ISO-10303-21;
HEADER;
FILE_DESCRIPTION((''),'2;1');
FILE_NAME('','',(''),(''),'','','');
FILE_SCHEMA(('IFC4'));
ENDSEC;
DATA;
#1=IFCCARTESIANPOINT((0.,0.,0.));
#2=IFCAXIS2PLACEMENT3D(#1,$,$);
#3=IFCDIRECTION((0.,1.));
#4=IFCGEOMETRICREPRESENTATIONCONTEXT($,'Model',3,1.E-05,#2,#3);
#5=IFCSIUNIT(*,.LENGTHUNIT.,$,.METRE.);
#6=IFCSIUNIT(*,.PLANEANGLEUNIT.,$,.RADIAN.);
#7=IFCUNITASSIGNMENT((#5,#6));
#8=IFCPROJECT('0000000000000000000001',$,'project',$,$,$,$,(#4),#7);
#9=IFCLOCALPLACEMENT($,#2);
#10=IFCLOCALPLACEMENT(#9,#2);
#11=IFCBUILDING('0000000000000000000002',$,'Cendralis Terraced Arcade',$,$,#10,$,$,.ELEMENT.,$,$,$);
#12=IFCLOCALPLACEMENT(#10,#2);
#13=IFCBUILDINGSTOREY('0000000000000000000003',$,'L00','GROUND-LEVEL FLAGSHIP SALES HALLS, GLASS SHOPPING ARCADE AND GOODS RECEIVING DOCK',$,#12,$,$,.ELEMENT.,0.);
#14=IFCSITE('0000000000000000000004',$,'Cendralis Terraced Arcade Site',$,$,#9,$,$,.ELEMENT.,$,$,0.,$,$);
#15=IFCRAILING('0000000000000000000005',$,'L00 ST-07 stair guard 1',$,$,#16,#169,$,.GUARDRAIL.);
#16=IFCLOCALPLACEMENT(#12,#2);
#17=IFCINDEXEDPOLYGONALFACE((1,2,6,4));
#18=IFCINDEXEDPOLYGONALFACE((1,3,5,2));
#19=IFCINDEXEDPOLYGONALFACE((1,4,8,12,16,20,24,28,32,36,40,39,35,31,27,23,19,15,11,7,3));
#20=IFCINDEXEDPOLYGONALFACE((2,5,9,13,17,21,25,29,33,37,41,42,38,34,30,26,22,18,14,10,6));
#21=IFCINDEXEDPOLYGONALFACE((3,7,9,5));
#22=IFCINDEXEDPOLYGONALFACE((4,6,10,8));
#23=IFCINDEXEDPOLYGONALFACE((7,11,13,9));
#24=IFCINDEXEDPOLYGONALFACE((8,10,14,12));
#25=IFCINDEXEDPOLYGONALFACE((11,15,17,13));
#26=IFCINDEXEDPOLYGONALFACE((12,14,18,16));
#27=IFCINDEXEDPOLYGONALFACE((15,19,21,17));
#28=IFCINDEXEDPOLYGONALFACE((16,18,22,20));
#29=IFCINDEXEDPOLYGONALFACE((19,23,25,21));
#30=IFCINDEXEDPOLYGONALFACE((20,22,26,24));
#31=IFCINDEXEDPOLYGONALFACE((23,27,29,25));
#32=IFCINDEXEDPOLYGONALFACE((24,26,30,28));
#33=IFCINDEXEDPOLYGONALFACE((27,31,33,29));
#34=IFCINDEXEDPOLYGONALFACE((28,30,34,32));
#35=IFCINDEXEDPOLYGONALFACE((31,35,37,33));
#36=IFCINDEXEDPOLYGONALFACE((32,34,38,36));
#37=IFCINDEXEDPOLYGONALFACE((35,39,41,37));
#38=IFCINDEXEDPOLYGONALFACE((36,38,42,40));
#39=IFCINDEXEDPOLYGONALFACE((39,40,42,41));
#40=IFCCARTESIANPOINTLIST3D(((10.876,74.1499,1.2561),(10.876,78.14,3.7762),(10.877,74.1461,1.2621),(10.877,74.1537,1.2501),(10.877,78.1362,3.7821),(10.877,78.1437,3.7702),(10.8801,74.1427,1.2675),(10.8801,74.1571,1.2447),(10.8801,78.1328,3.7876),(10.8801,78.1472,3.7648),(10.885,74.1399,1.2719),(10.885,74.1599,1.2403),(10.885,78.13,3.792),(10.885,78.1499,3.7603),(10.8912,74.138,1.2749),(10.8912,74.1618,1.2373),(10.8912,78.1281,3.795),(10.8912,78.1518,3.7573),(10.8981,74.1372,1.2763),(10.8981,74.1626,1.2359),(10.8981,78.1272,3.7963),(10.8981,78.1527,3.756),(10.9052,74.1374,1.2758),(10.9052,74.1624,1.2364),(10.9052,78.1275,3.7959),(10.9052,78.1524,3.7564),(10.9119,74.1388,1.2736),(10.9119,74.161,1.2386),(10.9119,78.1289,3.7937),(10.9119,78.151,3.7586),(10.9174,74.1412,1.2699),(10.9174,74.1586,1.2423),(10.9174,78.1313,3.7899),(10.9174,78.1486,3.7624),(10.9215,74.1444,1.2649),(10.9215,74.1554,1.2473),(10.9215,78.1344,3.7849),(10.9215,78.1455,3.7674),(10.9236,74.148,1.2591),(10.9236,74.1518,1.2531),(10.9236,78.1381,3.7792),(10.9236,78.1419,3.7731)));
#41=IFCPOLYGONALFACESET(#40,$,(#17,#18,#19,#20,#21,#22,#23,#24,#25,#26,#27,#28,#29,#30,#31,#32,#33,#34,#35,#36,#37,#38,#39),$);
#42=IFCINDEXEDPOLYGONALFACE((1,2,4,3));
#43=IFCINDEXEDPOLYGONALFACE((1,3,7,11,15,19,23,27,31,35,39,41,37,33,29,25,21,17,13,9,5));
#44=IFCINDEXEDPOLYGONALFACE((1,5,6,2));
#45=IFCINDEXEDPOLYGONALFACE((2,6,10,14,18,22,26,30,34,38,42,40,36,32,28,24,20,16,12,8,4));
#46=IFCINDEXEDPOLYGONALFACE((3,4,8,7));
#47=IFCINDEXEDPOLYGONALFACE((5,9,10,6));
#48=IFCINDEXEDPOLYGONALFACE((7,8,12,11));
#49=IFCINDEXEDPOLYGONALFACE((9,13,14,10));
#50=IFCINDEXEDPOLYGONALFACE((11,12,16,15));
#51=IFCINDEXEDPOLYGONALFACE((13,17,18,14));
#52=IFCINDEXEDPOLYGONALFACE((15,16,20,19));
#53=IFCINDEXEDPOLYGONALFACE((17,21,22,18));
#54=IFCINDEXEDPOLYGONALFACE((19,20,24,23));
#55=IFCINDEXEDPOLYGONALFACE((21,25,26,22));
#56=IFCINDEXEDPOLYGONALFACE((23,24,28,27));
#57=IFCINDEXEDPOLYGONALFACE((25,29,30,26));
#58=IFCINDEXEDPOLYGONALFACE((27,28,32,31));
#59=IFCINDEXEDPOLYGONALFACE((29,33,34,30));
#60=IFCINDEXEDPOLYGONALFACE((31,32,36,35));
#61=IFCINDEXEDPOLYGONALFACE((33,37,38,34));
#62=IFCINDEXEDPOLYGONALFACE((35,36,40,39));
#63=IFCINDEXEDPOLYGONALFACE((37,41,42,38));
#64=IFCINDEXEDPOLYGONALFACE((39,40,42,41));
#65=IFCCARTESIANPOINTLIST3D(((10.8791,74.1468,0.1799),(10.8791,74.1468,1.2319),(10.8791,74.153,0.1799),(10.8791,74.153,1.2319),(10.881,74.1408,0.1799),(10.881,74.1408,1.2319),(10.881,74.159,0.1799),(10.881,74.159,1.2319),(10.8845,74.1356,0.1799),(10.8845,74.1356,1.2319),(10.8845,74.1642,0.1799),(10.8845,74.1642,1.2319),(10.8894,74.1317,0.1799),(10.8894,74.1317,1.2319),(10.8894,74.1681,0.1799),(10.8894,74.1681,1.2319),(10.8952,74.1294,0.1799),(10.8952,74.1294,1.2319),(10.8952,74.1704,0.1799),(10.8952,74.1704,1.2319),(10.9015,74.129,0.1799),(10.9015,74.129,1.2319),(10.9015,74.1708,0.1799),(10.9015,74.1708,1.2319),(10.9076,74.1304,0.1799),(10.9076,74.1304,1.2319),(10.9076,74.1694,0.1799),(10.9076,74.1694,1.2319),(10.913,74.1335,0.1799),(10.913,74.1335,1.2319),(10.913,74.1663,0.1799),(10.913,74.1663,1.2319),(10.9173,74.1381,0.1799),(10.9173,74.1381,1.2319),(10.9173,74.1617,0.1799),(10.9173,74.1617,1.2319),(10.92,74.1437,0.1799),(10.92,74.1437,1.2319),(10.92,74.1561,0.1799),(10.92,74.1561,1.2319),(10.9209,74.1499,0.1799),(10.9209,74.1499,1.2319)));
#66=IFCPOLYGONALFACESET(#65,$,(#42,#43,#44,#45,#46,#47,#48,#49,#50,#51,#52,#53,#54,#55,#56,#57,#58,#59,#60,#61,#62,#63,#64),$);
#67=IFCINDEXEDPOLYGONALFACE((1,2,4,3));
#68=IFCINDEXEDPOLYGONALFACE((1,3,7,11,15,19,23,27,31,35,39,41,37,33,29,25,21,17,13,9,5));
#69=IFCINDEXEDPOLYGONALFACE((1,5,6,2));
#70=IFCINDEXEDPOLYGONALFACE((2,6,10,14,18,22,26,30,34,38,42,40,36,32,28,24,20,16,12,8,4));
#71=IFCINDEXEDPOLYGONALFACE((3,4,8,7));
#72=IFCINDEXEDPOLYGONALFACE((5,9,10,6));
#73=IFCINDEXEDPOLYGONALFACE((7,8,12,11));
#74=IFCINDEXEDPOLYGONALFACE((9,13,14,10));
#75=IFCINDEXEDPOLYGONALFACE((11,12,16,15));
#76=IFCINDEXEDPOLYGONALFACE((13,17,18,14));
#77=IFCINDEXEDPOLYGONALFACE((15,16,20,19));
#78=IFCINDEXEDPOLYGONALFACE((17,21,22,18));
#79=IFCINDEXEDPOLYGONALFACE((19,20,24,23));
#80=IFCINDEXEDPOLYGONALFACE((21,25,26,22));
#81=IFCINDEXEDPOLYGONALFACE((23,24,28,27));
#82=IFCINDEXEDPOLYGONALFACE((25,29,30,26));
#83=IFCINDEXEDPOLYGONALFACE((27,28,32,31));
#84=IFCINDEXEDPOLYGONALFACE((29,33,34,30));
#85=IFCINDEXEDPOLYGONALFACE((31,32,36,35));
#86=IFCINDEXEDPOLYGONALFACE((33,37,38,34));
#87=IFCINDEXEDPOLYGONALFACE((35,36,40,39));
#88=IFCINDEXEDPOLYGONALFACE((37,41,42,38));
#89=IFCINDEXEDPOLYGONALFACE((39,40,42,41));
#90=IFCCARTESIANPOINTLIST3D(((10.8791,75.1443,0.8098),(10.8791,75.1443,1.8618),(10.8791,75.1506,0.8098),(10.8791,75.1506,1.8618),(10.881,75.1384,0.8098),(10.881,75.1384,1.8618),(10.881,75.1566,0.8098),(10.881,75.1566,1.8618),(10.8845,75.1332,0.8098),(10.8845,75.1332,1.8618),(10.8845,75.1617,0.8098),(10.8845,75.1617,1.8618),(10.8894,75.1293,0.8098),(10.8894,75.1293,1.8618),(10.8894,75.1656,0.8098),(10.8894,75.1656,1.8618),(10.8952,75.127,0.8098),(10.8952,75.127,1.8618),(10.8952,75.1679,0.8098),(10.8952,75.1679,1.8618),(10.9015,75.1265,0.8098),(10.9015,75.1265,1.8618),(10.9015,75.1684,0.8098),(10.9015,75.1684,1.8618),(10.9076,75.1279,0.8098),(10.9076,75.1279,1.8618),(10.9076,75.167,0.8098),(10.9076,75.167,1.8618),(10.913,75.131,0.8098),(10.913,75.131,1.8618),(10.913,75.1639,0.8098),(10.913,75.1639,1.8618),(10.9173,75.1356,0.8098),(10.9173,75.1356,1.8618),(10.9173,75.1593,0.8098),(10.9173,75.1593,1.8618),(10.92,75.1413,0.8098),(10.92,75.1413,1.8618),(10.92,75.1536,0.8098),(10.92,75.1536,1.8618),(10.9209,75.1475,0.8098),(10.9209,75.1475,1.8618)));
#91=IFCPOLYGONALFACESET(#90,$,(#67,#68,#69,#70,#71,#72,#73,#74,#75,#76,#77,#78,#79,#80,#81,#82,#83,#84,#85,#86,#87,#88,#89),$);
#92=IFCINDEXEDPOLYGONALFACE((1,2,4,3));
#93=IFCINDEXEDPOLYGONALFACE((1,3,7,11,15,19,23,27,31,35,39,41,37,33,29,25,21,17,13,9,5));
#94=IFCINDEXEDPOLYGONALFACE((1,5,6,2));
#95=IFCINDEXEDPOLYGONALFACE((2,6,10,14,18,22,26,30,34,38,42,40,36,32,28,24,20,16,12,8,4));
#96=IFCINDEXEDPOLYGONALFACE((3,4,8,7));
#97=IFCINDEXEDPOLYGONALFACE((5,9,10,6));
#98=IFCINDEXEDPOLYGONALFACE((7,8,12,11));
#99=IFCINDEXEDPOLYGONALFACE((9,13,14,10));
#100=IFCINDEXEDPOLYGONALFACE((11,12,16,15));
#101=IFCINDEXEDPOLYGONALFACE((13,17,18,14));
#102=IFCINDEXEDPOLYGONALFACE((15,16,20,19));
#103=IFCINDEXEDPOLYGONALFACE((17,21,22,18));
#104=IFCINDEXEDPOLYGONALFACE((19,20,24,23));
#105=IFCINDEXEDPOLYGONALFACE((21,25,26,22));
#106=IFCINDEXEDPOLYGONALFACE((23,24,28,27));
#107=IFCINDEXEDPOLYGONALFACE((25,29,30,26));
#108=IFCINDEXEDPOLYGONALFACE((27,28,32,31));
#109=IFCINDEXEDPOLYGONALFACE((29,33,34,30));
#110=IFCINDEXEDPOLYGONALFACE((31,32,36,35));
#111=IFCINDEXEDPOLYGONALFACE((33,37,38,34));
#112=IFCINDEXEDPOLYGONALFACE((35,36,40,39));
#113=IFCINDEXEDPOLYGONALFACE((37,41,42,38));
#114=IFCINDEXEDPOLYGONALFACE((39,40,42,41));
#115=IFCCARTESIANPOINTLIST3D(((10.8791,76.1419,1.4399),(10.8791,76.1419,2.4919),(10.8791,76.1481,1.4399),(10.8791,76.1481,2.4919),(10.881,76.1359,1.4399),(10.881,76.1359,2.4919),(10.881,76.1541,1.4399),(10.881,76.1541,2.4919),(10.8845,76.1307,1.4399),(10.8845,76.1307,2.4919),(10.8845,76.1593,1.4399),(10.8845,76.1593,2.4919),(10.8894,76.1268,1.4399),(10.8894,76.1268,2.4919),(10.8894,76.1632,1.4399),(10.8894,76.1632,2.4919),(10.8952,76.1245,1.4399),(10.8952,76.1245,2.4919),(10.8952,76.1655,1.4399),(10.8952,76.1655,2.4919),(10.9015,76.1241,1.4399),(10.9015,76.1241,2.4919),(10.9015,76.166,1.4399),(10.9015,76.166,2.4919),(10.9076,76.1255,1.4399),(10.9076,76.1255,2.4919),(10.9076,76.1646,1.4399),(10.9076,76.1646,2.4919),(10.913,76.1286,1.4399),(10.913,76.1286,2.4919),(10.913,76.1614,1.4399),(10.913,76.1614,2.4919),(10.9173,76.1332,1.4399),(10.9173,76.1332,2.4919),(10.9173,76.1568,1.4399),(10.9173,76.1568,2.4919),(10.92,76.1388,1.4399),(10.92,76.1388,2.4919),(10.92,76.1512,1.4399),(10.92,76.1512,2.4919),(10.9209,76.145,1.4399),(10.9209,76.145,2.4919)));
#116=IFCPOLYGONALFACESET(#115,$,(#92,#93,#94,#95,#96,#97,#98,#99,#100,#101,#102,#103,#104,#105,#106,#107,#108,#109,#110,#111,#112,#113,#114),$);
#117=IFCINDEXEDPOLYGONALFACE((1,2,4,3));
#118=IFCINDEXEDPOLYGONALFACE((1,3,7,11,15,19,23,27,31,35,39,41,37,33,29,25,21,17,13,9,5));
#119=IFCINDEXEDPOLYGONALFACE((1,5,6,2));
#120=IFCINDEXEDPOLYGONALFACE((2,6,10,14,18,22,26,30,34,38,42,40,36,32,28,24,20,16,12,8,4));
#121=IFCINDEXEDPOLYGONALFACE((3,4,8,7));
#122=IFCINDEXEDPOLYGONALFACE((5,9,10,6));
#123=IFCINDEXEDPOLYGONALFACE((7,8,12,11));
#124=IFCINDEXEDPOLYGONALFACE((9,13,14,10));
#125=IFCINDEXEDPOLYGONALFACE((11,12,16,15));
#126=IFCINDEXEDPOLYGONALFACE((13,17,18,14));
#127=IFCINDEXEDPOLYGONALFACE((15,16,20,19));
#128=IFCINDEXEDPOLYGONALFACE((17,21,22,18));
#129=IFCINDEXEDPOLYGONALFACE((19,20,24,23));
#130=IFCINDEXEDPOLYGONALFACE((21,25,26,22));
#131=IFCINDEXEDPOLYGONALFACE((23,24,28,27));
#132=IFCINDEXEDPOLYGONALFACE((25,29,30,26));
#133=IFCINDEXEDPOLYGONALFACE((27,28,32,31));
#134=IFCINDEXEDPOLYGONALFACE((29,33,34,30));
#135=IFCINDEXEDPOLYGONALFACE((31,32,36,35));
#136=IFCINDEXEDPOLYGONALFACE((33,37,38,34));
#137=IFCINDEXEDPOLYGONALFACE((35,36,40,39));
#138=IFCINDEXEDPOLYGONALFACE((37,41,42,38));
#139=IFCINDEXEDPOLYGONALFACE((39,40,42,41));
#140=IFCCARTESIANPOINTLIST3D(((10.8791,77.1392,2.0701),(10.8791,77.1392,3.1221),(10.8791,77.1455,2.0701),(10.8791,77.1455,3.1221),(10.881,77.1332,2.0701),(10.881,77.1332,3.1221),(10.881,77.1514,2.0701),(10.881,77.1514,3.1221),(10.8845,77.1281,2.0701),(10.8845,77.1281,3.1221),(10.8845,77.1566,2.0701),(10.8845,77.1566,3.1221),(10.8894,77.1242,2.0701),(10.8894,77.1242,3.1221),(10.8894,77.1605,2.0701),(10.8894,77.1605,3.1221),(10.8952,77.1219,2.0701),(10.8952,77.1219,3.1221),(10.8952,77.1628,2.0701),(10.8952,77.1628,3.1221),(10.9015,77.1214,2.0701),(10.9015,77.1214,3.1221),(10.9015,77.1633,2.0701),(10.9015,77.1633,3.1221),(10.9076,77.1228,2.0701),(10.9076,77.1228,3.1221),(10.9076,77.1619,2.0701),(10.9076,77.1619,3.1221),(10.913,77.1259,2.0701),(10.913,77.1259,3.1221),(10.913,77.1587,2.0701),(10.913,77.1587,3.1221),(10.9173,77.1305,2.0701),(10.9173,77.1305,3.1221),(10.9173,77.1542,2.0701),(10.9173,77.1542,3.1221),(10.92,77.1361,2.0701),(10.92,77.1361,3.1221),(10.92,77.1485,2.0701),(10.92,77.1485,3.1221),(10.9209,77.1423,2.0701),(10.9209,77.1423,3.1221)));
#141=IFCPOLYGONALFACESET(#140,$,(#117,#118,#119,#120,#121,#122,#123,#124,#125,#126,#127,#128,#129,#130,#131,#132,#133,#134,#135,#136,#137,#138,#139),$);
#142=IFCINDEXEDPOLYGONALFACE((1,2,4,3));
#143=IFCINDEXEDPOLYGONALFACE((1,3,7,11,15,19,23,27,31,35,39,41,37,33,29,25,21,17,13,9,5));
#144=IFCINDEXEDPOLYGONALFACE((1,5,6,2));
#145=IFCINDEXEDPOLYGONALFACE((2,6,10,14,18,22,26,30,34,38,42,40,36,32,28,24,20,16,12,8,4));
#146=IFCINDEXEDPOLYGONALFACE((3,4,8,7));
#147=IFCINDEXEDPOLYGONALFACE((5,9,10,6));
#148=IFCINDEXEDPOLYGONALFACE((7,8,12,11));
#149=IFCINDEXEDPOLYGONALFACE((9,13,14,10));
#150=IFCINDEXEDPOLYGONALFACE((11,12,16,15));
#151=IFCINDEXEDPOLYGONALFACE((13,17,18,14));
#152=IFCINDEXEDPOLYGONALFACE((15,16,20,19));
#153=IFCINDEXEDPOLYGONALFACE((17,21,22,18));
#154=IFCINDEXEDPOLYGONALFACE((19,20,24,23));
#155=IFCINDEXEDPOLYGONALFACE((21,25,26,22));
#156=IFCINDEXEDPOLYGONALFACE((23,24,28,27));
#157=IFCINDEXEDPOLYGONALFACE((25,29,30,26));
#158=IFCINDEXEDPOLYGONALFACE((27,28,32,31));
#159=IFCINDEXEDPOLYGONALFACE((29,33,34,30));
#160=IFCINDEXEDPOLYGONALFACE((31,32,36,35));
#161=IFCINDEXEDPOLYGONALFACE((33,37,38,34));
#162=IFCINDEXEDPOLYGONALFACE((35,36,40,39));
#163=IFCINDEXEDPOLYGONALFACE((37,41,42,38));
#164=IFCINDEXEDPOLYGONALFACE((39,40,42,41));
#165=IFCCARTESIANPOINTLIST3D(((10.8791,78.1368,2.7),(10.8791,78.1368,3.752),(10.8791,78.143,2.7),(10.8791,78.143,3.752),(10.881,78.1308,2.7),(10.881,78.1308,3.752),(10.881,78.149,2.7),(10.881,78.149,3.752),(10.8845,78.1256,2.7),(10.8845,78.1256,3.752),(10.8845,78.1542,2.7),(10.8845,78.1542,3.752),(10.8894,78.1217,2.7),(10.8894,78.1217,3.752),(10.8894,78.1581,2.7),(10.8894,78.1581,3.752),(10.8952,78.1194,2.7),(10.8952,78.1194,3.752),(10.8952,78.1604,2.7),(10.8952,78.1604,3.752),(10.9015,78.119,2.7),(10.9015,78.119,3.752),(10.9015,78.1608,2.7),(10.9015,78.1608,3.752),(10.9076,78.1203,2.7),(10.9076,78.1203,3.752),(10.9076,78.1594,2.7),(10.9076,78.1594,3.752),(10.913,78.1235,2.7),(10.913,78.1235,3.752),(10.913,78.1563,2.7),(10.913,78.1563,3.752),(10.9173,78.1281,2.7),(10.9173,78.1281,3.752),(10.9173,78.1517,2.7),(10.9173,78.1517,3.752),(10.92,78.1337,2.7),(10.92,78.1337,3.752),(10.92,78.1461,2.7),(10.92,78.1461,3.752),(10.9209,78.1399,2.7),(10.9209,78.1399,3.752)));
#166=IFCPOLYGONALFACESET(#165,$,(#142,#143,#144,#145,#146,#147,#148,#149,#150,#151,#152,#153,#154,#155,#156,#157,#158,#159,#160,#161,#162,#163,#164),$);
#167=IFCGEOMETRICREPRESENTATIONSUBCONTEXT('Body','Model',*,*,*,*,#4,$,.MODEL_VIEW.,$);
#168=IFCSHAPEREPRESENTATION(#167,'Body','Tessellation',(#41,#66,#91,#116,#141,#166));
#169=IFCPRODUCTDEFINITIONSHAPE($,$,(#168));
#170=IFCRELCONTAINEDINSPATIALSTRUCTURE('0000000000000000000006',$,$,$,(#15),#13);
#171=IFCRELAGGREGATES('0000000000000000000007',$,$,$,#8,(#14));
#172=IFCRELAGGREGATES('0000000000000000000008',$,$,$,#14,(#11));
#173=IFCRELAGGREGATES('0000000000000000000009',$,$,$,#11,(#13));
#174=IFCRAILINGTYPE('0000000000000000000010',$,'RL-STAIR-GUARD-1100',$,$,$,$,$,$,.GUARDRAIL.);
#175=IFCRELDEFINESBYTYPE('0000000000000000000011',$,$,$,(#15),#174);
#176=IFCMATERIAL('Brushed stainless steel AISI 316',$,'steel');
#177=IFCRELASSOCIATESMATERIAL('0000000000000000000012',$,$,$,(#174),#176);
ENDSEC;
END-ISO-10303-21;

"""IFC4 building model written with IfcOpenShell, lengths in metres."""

from ifc_helpers import new_model, si_unit, direction, frame, origin, origin_2d, place, context, subcontext, project, spatial, circle, extrude, material, type_object, element, save


model = new_model("IFC4")

# Units and contexts
model_context = context("Model", 3, precision=1e-05, world=origin(), true_north=direction((0.0, 1.0)))
body_context = subcontext(model_context, "Body", "Model", "MODEL_VIEW")
ifc_project = project(units=[si_unit("LENGTHUNIT", "METRE"), si_unit("PLANEANGLEUNIT", "RADIAN")], contexts=[model_context])

# Site, building, storey
site_placement = place(None, origin())
site = spatial("IfcSite", under=ifc_project, at=site_placement, Name="Cendralis Terraced Arcade Site", CompositionType="ELEMENT", RefElevation=0.0)
building_placement = place(site_placement, origin())
building = spatial("IfcBuilding", under=site, at=building_placement, Name="Cendralis Terraced Arcade", CompositionType="ELEMENT")
storey_placement = place(building_placement, origin())
storey = spatial("IfcBuildingStorey", under=building, at=storey_placement, Name="L00", Description="GROUND-LEVEL FLAGSHIP SALES HALLS, GLASS SHOPPING ARCADE AND GOODS RECEIVING DOCK", CompositionType="ELEMENT", Elevation=0.0)

# Railing
ifc_material_1 = material(Name="Brushed stainless steel AISI 316", Category="steel")
railing_type_1 = type_object("IfcRailingType", Name="RL-STAIR-GUARD-1100", PredefinedType="GUARDRAIL", material=ifc_material_1)
railing_1_placement = place(storey_placement, frame((10.8999, 74.1499, 0.1799)))
element("IfcRailing", 1, at=railing_1_placement, inside=storey, type_object=railing_type_1, Name="L00 ST-07 stair guard 1", PredefinedType="GUARDRAIL", context=body_context, shape_type="SweptSolid", body=[
    extrude(circle(Radius=0.0239, at=origin_2d()), frame((0.0, 0.0, 1.0762), z_axis=(0.0, 0.845486, 0.533997), x_axis=(-1.0, 0.0, 0.0)), (0.0, 0.0, 1.0), 4.7192),
    extrude(circle(Radius=0.021, at=origin_2d()), origin(), (0.0, 0.0, 1.0), 1.052),
    extrude(circle(Radius=0.021, at=origin_2d()), frame((0.0, 0.9976, 0.6299)), (0.0, 0.0, 1.0), 1.052),
    extrude(circle(Radius=0.021, at=origin_2d()), frame((0.0, 1.9951, 1.26)), (0.0, 0.0, 1.0), 1.052),
    extrude(circle(Radius=0.021, at=origin_2d()), frame((0.0, 2.9924, 1.8901)), (0.0, 0.0, 1.0), 1.052),
    extrude(circle(Radius=0.021, at=origin_2d()), frame((0.0, 3.99, 2.52)), (0.0, 0.0, 1.0), 1.052),
])

save(model, "model.ifc")
